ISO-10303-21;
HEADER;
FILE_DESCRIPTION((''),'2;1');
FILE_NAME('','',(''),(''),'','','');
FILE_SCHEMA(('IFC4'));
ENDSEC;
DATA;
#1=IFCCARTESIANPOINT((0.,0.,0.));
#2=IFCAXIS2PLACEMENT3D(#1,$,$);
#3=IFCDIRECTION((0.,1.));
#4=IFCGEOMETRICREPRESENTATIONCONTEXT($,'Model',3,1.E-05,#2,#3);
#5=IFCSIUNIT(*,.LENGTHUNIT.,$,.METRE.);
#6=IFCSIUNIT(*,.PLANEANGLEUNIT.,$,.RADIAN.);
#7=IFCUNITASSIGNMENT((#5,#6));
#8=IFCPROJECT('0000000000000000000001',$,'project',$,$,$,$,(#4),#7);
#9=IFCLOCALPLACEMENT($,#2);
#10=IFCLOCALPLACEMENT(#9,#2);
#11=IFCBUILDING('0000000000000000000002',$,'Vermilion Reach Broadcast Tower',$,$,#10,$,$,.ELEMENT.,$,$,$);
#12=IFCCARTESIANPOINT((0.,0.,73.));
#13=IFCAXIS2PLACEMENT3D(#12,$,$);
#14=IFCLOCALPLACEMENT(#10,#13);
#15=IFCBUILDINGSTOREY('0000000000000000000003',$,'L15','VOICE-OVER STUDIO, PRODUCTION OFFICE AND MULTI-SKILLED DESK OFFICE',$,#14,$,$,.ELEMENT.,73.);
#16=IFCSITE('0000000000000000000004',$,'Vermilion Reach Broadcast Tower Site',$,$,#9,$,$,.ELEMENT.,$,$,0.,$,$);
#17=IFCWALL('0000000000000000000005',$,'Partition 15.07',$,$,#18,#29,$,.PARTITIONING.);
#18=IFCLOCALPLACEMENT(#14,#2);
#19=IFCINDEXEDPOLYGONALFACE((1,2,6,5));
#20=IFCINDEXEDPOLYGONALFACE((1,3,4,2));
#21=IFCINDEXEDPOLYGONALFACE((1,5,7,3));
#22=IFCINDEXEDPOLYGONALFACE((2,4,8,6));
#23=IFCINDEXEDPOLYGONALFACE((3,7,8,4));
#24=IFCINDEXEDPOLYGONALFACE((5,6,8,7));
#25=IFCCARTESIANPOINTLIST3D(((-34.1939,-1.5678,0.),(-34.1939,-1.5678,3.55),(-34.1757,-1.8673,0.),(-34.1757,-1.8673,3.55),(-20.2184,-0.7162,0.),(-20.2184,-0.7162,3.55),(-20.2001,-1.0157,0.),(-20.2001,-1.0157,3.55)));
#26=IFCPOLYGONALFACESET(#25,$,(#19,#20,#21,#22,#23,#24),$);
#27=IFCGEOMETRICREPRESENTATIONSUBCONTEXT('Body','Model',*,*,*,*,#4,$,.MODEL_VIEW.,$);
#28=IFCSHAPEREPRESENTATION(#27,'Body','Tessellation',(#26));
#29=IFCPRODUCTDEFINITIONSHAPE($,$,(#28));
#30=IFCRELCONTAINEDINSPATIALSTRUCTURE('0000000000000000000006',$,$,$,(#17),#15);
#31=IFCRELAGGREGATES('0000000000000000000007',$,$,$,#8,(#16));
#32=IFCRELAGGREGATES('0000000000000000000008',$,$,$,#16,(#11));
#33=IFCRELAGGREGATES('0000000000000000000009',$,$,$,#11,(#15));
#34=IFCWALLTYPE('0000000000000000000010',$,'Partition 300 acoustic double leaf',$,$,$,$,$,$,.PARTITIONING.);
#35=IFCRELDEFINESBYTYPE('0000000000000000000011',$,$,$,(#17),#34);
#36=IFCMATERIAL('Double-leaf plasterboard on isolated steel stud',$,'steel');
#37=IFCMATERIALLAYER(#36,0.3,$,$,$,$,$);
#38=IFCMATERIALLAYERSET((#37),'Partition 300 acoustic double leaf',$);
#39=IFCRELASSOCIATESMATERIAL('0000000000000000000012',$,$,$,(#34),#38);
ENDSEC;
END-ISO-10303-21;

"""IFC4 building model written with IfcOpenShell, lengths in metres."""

from ifc_helpers import new_model, si_unit, direction, frame, frame_2d, origin, place, context, subcontext, project, spatial, rectangle, extrude, material, layer, layer_set, type_object, element, save


model = new_model("IFC4")

# Units and contexts
model_context = context("Model", 3, precision=1e-05, world=origin(), true_north=direction((0.0, 1.0)))
body_context = subcontext(model_context, "Body", "Model", "MODEL_VIEW")
ifc_project = project(units=[si_unit("LENGTHUNIT", "METRE"), si_unit("PLANEANGLEUNIT", "RADIAN")], contexts=[model_context])

# Site, building, storey
site_placement = place(None, origin())
site = spatial("IfcSite", under=ifc_project, at=site_placement, Name="Vermilion Reach Broadcast Tower Site", CompositionType="ELEMENT", RefElevation=0.0)
building_placement = place(site_placement, origin())
building = spatial("IfcBuilding", under=site, at=building_placement, Name="Vermilion Reach Broadcast Tower", CompositionType="ELEMENT")
storey_placement = place(building_placement, frame((0.0, 0.0, 73.0)))
storey = spatial("IfcBuildingStorey", under=building, at=storey_placement, Name="L15", Description="VOICE-OVER STUDIO, PRODUCTION OFFICE AND MULTI-SKILLED DESK OFFICE", CompositionType="ELEMENT", Elevation=73.0)

# Wall
ifc_material_1 = material(Name="Double-leaf plasterboard on isolated steel stud", Category="steel")
ifc_layer_1 = layer(ifc_material_1, 0.3)
ifc_layer_set_1 = layer_set([ifc_layer_1], Name="Partition 300 acoustic double leaf")
wall_type = type_object("IfcWallType", Name="Partition 300 acoustic double leaf", PredefinedType="PARTITIONING", material=ifc_layer_set_1)
wall_placement = place(storey_placement, frame((-34.1848, -1.7175, 0.0), z_axis=(0.0, 0.0, 1.0), x_axis=(0.998149, 0.060819, 0.0)))
element("IfcWall", 1, at=wall_placement, inside=storey, type_object=wall_type, Name="Partition 15.07", PredefinedType="PARTITIONING", context=body_context, shape_type="SweptSolid", body=[
    extrude(rectangle(XDim=14.0015, YDim=0.3, at=frame_2d((7.0007, 0.0))), origin(), (0.0, 0.0, 1.0), 3.55),
])

save(model, "model.ifc")
